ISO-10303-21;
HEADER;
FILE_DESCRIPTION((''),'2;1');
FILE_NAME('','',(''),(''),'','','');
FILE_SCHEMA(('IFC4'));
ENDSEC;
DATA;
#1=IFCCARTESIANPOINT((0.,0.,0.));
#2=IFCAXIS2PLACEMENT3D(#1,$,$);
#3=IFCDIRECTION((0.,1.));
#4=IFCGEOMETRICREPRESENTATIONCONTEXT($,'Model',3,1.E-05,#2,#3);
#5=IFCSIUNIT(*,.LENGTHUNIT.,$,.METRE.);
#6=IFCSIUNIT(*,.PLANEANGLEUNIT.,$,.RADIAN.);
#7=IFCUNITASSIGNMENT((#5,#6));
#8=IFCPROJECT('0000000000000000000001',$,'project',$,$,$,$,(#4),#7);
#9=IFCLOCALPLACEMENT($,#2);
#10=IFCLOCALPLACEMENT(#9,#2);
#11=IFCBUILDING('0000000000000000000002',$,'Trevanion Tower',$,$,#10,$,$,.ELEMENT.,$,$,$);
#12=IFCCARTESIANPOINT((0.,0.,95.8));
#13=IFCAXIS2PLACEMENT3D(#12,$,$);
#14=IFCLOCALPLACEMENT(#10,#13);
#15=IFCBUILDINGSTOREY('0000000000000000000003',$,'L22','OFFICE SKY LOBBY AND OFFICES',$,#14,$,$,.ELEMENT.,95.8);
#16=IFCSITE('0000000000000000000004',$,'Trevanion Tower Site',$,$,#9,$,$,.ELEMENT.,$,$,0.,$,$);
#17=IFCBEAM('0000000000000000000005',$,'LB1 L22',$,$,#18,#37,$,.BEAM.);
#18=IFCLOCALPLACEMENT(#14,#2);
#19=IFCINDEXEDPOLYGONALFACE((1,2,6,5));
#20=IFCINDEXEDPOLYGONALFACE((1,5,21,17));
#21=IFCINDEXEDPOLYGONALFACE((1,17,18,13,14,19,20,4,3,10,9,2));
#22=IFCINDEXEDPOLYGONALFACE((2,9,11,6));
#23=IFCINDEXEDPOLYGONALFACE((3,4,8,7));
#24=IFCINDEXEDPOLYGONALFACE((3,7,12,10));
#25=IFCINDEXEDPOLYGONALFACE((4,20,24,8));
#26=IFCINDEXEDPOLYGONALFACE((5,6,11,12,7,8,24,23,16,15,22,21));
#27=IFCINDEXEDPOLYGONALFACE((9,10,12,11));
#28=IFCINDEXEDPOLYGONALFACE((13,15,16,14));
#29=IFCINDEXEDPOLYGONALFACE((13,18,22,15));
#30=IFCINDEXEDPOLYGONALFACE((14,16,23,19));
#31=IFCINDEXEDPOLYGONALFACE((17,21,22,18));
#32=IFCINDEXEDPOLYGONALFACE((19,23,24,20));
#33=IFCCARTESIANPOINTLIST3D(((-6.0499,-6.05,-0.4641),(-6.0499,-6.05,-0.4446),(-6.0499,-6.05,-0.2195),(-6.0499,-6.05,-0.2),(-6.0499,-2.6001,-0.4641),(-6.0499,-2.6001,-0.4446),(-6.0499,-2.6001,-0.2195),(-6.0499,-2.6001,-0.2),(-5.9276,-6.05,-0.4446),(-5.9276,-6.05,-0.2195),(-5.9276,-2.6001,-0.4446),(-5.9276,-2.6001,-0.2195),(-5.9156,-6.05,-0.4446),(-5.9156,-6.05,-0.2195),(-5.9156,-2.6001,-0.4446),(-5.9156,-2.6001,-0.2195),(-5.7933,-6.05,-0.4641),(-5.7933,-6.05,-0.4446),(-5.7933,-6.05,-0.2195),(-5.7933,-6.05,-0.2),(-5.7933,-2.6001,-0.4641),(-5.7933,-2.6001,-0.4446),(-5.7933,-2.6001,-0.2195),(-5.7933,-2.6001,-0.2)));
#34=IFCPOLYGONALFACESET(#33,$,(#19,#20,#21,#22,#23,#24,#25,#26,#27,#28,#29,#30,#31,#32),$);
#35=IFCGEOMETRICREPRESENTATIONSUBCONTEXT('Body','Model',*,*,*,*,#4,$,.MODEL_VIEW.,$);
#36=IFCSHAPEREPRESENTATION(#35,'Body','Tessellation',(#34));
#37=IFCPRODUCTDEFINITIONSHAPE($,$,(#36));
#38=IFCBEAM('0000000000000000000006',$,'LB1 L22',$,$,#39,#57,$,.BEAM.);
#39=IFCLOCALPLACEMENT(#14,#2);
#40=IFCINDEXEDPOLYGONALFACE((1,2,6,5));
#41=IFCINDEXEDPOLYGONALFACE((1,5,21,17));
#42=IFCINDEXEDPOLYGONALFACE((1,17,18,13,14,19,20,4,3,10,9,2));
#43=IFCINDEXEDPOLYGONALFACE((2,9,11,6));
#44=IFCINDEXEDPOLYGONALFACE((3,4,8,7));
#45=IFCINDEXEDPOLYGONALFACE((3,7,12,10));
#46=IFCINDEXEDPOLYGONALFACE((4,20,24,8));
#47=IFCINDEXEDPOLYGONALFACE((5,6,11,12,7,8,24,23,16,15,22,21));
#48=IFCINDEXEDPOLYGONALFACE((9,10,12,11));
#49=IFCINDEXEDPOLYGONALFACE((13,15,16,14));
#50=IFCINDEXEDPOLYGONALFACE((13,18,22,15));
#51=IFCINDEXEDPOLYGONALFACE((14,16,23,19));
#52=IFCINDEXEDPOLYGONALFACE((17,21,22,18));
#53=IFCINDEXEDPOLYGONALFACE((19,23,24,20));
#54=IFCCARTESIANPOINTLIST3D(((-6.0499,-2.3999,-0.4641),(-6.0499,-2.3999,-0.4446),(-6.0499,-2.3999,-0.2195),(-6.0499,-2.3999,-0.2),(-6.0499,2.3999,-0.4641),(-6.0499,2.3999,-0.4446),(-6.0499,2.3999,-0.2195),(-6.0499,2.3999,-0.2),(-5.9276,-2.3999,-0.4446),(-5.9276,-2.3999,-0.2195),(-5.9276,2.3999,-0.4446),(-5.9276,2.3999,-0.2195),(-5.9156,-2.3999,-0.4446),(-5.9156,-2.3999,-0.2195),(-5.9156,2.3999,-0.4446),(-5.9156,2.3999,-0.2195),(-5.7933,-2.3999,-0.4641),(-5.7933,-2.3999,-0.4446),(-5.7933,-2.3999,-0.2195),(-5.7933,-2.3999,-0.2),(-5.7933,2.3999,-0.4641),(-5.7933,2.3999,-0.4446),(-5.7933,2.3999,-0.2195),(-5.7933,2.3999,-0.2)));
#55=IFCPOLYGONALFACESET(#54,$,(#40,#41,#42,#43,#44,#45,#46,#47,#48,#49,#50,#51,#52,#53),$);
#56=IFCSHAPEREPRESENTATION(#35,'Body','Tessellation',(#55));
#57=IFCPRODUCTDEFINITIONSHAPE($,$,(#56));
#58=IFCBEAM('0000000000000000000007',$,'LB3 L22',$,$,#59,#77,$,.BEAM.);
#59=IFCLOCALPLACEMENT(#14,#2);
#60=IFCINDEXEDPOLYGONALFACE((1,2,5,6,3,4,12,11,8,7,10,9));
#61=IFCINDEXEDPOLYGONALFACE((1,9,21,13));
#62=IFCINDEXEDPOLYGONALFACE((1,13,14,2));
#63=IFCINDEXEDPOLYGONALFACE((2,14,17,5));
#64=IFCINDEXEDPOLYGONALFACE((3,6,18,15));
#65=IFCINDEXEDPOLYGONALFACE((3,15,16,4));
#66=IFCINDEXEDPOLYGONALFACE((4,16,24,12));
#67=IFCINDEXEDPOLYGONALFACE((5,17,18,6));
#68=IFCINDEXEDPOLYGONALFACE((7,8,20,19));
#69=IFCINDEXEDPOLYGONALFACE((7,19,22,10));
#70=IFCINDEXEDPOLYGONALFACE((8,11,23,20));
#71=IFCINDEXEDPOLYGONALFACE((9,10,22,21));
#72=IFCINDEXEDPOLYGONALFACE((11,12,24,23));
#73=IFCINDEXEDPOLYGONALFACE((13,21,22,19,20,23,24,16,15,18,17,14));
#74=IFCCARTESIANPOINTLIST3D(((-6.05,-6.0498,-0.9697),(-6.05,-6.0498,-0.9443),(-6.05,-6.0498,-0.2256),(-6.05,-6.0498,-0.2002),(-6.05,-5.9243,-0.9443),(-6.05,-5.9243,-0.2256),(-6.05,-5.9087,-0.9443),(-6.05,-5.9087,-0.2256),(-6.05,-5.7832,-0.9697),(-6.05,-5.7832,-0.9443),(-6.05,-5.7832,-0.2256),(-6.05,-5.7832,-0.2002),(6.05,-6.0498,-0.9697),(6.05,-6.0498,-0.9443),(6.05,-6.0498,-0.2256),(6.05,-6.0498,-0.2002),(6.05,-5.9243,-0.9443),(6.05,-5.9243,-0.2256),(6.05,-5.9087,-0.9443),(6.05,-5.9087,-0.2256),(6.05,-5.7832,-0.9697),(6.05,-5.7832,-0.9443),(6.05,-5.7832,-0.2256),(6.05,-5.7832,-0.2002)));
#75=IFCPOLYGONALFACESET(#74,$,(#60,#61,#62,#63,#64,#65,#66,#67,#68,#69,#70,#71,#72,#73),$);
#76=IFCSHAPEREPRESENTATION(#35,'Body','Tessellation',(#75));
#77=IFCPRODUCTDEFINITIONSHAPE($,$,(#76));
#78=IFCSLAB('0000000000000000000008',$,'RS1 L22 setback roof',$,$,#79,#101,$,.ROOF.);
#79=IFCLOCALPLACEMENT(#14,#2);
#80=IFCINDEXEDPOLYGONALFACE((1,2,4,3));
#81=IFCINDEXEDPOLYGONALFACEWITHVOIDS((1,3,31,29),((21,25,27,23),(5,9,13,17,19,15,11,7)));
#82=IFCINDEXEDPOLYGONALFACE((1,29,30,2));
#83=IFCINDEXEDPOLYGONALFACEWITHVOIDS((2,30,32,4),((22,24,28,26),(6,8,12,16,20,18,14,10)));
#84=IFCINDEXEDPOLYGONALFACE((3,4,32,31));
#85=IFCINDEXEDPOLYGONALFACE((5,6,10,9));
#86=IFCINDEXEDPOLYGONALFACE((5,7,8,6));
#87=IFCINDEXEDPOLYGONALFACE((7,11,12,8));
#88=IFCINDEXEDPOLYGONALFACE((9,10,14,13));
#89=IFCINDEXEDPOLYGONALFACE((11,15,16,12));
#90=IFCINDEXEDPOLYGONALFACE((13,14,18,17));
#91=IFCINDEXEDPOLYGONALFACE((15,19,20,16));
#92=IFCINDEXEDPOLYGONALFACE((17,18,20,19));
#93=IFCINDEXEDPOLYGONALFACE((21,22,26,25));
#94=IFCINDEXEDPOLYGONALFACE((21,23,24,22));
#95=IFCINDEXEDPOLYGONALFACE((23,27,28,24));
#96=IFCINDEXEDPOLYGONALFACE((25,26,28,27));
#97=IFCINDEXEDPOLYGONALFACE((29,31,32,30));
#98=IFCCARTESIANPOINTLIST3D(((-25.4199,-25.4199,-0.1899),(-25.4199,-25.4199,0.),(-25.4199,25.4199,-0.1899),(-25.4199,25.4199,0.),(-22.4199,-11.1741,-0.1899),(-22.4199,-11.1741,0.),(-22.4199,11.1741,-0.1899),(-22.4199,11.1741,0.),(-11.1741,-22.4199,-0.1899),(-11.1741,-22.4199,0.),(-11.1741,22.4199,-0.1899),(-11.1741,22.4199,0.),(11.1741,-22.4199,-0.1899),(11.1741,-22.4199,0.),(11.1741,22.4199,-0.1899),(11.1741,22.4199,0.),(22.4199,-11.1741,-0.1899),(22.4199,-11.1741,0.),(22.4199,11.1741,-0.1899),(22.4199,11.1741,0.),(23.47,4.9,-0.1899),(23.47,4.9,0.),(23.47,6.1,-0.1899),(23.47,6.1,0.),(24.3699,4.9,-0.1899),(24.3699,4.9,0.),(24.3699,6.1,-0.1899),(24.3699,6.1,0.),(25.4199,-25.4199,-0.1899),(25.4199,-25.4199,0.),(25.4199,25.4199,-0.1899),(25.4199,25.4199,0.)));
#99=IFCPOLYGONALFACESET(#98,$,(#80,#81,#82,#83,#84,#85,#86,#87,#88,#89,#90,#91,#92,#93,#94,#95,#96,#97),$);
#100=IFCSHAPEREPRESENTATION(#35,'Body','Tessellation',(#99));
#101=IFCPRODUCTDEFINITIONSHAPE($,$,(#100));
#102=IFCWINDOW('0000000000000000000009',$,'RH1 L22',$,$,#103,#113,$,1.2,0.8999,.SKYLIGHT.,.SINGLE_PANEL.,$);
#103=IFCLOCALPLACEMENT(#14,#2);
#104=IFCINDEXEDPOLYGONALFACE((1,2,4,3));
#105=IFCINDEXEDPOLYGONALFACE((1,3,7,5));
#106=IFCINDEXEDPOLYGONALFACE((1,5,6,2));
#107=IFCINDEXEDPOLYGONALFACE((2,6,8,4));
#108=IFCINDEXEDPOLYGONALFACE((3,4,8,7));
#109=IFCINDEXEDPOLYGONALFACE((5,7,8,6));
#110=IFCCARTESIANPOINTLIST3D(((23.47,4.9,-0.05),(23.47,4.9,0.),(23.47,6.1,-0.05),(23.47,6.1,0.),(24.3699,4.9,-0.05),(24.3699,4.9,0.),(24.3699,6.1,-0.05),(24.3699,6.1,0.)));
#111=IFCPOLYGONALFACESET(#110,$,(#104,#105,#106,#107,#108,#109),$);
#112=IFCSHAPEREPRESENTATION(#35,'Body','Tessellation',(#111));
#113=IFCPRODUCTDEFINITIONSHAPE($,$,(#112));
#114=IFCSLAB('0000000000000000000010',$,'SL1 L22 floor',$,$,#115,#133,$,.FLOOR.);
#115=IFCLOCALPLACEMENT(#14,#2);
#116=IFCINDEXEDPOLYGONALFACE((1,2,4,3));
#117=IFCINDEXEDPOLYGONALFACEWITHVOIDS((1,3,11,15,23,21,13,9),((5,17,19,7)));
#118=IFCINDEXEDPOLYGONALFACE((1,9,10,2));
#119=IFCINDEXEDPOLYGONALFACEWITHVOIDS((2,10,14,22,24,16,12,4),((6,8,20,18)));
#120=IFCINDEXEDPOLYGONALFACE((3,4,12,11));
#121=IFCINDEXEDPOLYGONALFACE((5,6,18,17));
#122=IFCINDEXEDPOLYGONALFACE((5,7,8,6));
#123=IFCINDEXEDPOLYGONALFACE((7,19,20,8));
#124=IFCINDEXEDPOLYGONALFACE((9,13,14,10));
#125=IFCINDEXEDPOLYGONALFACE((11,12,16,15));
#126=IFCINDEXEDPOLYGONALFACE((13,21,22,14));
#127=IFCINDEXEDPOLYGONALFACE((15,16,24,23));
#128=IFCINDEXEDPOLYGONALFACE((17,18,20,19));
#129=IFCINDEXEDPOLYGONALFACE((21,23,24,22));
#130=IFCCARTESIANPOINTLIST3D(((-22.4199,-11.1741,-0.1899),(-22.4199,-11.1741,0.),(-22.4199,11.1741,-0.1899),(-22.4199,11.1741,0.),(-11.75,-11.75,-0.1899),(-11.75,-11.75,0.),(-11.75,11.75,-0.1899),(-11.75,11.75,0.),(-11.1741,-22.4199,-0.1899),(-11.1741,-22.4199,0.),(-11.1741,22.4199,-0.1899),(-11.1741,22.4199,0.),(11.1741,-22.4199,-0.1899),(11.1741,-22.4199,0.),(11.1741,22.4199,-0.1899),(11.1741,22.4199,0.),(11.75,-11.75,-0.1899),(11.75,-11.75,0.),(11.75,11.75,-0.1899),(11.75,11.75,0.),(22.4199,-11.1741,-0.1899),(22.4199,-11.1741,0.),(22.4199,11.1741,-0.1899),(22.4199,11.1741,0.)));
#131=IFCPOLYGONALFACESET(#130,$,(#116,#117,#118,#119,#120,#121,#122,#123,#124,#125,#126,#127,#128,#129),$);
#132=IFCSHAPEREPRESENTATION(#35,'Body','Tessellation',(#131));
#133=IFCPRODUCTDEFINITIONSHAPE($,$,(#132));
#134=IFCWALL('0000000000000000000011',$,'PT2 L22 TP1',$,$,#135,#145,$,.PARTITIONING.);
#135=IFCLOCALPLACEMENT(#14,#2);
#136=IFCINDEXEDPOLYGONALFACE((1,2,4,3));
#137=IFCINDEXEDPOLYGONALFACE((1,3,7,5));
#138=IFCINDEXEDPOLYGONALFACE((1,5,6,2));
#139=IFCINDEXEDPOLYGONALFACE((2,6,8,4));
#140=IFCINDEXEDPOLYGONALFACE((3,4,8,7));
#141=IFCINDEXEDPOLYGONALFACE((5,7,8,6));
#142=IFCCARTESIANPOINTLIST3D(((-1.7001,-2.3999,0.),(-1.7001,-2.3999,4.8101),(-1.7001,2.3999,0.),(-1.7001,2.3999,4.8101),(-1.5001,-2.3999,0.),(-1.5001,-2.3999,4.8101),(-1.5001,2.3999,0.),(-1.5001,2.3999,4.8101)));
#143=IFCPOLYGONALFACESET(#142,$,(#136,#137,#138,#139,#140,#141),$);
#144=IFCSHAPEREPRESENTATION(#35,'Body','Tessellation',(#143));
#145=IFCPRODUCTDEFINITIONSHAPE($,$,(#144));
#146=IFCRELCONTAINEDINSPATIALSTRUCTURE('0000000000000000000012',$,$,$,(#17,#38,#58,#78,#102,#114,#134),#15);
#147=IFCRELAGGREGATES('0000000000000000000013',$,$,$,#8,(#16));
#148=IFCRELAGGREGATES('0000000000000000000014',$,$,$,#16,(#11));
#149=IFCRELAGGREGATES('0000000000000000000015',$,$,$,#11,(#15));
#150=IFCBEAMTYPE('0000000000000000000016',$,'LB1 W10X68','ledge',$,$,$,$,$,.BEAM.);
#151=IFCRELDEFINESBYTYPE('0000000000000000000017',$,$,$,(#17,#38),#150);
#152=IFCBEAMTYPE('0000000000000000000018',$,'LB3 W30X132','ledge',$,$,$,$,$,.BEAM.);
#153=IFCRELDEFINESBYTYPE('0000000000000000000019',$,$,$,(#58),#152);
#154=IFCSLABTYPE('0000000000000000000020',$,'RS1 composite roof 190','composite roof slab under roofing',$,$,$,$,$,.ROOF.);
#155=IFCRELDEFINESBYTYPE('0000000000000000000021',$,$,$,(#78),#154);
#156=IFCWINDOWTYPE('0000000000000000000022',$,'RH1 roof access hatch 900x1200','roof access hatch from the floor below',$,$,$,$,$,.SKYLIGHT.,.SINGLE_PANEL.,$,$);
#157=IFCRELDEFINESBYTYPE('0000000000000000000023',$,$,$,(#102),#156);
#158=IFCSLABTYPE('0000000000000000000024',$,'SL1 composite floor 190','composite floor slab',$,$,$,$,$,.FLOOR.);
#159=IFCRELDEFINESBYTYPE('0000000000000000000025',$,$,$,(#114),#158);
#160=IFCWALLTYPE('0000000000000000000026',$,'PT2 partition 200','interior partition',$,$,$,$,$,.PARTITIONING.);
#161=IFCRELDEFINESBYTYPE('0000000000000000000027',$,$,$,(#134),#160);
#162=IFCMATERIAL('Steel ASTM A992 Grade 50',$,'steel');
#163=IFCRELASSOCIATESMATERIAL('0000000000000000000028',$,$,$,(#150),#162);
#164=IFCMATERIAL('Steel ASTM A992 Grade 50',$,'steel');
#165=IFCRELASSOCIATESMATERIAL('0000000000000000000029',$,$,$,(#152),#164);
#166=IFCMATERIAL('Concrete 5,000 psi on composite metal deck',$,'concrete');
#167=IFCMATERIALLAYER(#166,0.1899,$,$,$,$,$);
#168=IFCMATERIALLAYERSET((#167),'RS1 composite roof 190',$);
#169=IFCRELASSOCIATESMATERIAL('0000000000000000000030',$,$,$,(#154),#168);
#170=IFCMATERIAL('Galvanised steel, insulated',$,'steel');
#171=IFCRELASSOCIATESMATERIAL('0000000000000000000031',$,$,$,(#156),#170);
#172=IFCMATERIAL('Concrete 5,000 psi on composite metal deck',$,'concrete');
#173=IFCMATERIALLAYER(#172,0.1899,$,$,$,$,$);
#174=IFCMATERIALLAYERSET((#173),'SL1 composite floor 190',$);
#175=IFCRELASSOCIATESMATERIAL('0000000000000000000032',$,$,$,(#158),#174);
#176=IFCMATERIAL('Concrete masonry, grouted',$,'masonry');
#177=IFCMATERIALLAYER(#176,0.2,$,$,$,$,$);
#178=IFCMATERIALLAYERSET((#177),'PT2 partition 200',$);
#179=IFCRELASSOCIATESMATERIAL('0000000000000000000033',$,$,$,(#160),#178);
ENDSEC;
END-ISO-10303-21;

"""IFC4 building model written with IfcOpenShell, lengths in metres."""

from ifc_helpers import new_model, si_unit, direction, frame, frame_2d, origin, origin_2d, place, context, subcontext, project, spatial, polyline, rectangle, i_section, outline, extrude, material, layer, layer_set, material_profile, profile_set, type_object, element, fill, save


model = new_model("IFC4")

# Units and contexts
model_context = context("Model", 3, precision=1e-05, world=origin(), true_north=direction((0.0, 1.0)))
body_context = subcontext(model_context, "Body", "Model", "MODEL_VIEW")
ifc_project = project(units=[si_unit("LENGTHUNIT", "METRE"), si_unit("PLANEANGLEUNIT", "RADIAN")], contexts=[model_context])

# Site, building, storey
site_placement = place(None, origin())
site = spatial("IfcSite", under=ifc_project, at=site_placement, Name="Trevanion Tower Site", CompositionType="ELEMENT", RefElevation=0.0)
building_placement = place(site_placement, origin())
building = spatial("IfcBuilding", under=site, at=building_placement, Name="Trevanion Tower", CompositionType="ELEMENT")
storey_placement = place(building_placement, frame((0.0, 0.0, 95.8)))
storey = spatial("IfcBuildingStorey", under=building, at=storey_placement, Name="L22", Description="OFFICE SKY LOBBY AND OFFICES", CompositionType="ELEMENT", Elevation=95.8)

# Beams
ifc_material_1 = material(Name="Steel ASTM A992 Grade 50", Category="steel")
ifc_material_profile_1 = material_profile(ifc_material_1, i_section(OverallWidth=0.2566, OverallDepth=0.2642, WebThickness=0.012, FlangeThickness=0.0195, at=origin_2d()), Name="W10X68")
ifc_profile_set_1 = profile_set([ifc_material_profile_1], Name="Steel ASTM A992 Grade 50")
beam_type_1 = type_object("IfcBeamType", Name="LB1 W10X68", Description="ledge", PredefinedType="BEAM", material=ifc_profile_set_1)
beam_1_placement = place(storey_placement, frame((-5.9216, -6.05, -0.332), z_axis=(0.0, 1.0, 0.0), x_axis=(-1.0, 0.0, 0.0)))
element("IfcBeam", 1, at=beam_1_placement, inside=storey, type_object=beam_type_1, Name="LB1 L22", PredefinedType="BEAM", context=body_context, shape_type="SweptSolid", body=[
    extrude(i_section(OverallWidth=0.2566, OverallDepth=0.2642, WebThickness=0.012, FlangeThickness=0.0195, at=origin_2d()), origin(), (0.0, 0.0, 1.0), 3.45),
])
beam_2_placement = place(storey_placement, frame((-5.9216, -2.3999, -0.332), z_axis=(0.0, 1.0, 0.0), x_axis=(-1.0, 0.0, 0.0)))
element("IfcBeam", 2, at=beam_2_placement, inside=storey, type_object=beam_type_1, Name="LB1 L22", PredefinedType="BEAM", context=body_context, shape_type="SweptSolid", body=[
    extrude(i_section(OverallWidth=0.2566, OverallDepth=0.2642, WebThickness=0.012, FlangeThickness=0.0195, at=origin_2d()), origin(), (0.0, 0.0, 1.0), 4.7998),
])
ifc_material_2 = material(Name="Steel ASTM A992 Grade 50", Category="steel")
ifc_material_profile_2 = material_profile(ifc_material_2, i_section(OverallWidth=0.2666, OverallDepth=0.7695, WebThickness=0.0156, FlangeThickness=0.0254, at=origin_2d()), Name="W30X132")
ifc_profile_set_2 = profile_set([ifc_material_profile_2], Name="Steel ASTM A992 Grade 50")
beam_type_2 = type_object("IfcBeamType", Name="LB3 W30X132", Description="ledge", PredefinedType="BEAM", material=ifc_profile_set_2)
beam_3_placement = place(storey_placement, frame((-6.05, -5.9165, -0.585), z_axis=(1.0, 0.0, 0.0), x_axis=(0.0, 1.0, 0.0)))
element("IfcBeam", 3, at=beam_3_placement, inside=storey, type_object=beam_type_2, Name="LB3 L22", PredefinedType="BEAM", context=body_context, shape_type="SweptSolid", body=[
    extrude(i_section(OverallWidth=0.2666, OverallDepth=0.7695, WebThickness=0.0156, FlangeThickness=0.0254, at=origin_2d()), origin(), (0.0, 0.0, 1.0), 12.1001),
])

# Slab, opening, window
ifc_material_3 = material(Name="Concrete 5,000 psi on composite metal deck", Category="concrete")
ifc_layer_1 = layer(ifc_material_3, 0.1899)
ifc_layer_set_1 = layer_set([ifc_layer_1], Name="RS1 composite roof 190")
slab_type_1 = type_object("IfcSlabType", Name="RS1 composite roof 190", Description="composite roof slab under roofing", PredefinedType="ROOF", material=ifc_layer_set_1)
slab_1_placement = place(storey_placement, frame((0.0, 0.0, -0.1899)))
slab_1 = element("IfcSlab", 4, at=slab_1_placement, inside=storey, type_object=slab_type_1, Name="RS1 L22 setback roof", PredefinedType="ROOF", context=body_context, shape_type="SweptSolid", body=[
    extrude(outline(polyline([(25.4199, -25.4199), (25.4199, 25.4199), (-25.4199, 25.4199), (-25.4199, -25.4199), (25.4199, -25.4199)]), holes=[polyline([(11.1741, -22.4199), (-11.1741, -22.4199), (-22.4199, -11.1741), (-22.4199, 11.1741), (-11.1741, 22.4199), (11.1741, 22.4199), (22.4199, 11.1741), (22.4199, -11.1741), (11.1741, -22.4199)])]), origin(), (0.0, 0.0, 1.0), 0.1899),
])
opening_1_placement = place(slab_1_placement, frame((23.9199, 5.5, 0.0)))
opening_1 = element("IfcOpeningElement", 5, at=opening_1_placement, cuts=slab_1, PredefinedType="OPENING", context=body_context, shape_type="SweptSolid", body=[
    extrude(rectangle(XDim=0.8999, YDim=1.2, at=origin_2d()), origin(), (0.0, 0.0, 1.0), 0.1899),
])
ifc_material_4 = material(Name="Galvanised steel, insulated", Category="steel")
window_type = type_object("IfcWindowType", Name="RH1 roof access hatch 900x1200", Description="roof access hatch from the floor below", PartitioningType="SINGLE_PANEL", PredefinedType="SKYLIGHT", material=ifc_material_4)
window_placement = place(opening_1_placement, frame((0.0, 0.0, 0.1399)))
window = element("IfcWindow", 6, at=window_placement, inside=storey, type_object=window_type, Name="RH1 L22", OverallHeight=1.2, OverallWidth=0.8999, PartitioningType="SINGLE_PANEL", PredefinedType="SKYLIGHT", context=body_context, shape_type="SweptSolid", body=[
    extrude(rectangle(XDim=0.8999, YDim=1.2, at=origin_2d()), origin(), (0.0, 0.0, 1.0), 0.05),
])
fill(opening_1, window)

# Slab
ifc_material_5 = material(Name="Concrete 5,000 psi on composite metal deck", Category="concrete")
ifc_layer_2 = layer(ifc_material_5, 0.1899)
ifc_layer_set_2 = layer_set([ifc_layer_2], Name="SL1 composite floor 190")
slab_type_2 = type_object("IfcSlabType", Name="SL1 composite floor 190", Description="composite floor slab", PredefinedType="FLOOR", material=ifc_layer_set_2)
slab_2_placement = place(storey_placement, frame((0.0, 0.0, -0.1899)))
element("IfcSlab", 7, at=slab_2_placement, inside=storey, type_object=slab_type_2, Name="SL1 L22 floor", PredefinedType="FLOOR", context=body_context, shape_type="SweptSolid", body=[
    extrude(outline(polyline([(22.4199, -11.1741), (22.4199, 11.1741), (11.1741, 22.4199), (-11.1741, 22.4199), (-22.4199, 11.1741), (-22.4199, -11.1741), (-11.1741, -22.4199), (11.1741, -22.4199), (22.4199, -11.1741)]), holes=[polyline([(11.75, -11.75), (11.75, 11.75), (-11.75, 11.75), (-11.75, -11.75), (11.75, -11.75)])]), origin(), (0.0, 0.0, 1.0), 0.1899),
])

# Wall
ifc_material_6 = material(Name="Concrete masonry, grouted", Category="masonry")
ifc_layer_3 = layer(ifc_material_6, 0.2)
ifc_layer_set_3 = layer_set([ifc_layer_3], Name="PT2 partition 200")
wall_type_1 = type_object("IfcWallType", Name="PT2 partition 200", Description="interior partition", PredefinedType="PARTITIONING", material=ifc_layer_set_3)
wall_1_placement = place(storey_placement, frame((-1.6001, -2.3999, 0.0), z_axis=(0.0, 0.0, 1.0), x_axis=(0.0, 1.0, 0.0)))
element("IfcWall", 8, at=wall_1_placement, inside=storey, type_object=wall_type_1, Name="PT2 L22 TP1", PredefinedType="PARTITIONING", context=body_context, shape_type="SweptSolid", body=[
    extrude(rectangle(XDim=4.7998, YDim=0.2, at=frame_2d((2.3999, 0.0))), origin(), (0.0, 0.0, 1.0), 4.8101),
])

save(model, "model.ifc")
